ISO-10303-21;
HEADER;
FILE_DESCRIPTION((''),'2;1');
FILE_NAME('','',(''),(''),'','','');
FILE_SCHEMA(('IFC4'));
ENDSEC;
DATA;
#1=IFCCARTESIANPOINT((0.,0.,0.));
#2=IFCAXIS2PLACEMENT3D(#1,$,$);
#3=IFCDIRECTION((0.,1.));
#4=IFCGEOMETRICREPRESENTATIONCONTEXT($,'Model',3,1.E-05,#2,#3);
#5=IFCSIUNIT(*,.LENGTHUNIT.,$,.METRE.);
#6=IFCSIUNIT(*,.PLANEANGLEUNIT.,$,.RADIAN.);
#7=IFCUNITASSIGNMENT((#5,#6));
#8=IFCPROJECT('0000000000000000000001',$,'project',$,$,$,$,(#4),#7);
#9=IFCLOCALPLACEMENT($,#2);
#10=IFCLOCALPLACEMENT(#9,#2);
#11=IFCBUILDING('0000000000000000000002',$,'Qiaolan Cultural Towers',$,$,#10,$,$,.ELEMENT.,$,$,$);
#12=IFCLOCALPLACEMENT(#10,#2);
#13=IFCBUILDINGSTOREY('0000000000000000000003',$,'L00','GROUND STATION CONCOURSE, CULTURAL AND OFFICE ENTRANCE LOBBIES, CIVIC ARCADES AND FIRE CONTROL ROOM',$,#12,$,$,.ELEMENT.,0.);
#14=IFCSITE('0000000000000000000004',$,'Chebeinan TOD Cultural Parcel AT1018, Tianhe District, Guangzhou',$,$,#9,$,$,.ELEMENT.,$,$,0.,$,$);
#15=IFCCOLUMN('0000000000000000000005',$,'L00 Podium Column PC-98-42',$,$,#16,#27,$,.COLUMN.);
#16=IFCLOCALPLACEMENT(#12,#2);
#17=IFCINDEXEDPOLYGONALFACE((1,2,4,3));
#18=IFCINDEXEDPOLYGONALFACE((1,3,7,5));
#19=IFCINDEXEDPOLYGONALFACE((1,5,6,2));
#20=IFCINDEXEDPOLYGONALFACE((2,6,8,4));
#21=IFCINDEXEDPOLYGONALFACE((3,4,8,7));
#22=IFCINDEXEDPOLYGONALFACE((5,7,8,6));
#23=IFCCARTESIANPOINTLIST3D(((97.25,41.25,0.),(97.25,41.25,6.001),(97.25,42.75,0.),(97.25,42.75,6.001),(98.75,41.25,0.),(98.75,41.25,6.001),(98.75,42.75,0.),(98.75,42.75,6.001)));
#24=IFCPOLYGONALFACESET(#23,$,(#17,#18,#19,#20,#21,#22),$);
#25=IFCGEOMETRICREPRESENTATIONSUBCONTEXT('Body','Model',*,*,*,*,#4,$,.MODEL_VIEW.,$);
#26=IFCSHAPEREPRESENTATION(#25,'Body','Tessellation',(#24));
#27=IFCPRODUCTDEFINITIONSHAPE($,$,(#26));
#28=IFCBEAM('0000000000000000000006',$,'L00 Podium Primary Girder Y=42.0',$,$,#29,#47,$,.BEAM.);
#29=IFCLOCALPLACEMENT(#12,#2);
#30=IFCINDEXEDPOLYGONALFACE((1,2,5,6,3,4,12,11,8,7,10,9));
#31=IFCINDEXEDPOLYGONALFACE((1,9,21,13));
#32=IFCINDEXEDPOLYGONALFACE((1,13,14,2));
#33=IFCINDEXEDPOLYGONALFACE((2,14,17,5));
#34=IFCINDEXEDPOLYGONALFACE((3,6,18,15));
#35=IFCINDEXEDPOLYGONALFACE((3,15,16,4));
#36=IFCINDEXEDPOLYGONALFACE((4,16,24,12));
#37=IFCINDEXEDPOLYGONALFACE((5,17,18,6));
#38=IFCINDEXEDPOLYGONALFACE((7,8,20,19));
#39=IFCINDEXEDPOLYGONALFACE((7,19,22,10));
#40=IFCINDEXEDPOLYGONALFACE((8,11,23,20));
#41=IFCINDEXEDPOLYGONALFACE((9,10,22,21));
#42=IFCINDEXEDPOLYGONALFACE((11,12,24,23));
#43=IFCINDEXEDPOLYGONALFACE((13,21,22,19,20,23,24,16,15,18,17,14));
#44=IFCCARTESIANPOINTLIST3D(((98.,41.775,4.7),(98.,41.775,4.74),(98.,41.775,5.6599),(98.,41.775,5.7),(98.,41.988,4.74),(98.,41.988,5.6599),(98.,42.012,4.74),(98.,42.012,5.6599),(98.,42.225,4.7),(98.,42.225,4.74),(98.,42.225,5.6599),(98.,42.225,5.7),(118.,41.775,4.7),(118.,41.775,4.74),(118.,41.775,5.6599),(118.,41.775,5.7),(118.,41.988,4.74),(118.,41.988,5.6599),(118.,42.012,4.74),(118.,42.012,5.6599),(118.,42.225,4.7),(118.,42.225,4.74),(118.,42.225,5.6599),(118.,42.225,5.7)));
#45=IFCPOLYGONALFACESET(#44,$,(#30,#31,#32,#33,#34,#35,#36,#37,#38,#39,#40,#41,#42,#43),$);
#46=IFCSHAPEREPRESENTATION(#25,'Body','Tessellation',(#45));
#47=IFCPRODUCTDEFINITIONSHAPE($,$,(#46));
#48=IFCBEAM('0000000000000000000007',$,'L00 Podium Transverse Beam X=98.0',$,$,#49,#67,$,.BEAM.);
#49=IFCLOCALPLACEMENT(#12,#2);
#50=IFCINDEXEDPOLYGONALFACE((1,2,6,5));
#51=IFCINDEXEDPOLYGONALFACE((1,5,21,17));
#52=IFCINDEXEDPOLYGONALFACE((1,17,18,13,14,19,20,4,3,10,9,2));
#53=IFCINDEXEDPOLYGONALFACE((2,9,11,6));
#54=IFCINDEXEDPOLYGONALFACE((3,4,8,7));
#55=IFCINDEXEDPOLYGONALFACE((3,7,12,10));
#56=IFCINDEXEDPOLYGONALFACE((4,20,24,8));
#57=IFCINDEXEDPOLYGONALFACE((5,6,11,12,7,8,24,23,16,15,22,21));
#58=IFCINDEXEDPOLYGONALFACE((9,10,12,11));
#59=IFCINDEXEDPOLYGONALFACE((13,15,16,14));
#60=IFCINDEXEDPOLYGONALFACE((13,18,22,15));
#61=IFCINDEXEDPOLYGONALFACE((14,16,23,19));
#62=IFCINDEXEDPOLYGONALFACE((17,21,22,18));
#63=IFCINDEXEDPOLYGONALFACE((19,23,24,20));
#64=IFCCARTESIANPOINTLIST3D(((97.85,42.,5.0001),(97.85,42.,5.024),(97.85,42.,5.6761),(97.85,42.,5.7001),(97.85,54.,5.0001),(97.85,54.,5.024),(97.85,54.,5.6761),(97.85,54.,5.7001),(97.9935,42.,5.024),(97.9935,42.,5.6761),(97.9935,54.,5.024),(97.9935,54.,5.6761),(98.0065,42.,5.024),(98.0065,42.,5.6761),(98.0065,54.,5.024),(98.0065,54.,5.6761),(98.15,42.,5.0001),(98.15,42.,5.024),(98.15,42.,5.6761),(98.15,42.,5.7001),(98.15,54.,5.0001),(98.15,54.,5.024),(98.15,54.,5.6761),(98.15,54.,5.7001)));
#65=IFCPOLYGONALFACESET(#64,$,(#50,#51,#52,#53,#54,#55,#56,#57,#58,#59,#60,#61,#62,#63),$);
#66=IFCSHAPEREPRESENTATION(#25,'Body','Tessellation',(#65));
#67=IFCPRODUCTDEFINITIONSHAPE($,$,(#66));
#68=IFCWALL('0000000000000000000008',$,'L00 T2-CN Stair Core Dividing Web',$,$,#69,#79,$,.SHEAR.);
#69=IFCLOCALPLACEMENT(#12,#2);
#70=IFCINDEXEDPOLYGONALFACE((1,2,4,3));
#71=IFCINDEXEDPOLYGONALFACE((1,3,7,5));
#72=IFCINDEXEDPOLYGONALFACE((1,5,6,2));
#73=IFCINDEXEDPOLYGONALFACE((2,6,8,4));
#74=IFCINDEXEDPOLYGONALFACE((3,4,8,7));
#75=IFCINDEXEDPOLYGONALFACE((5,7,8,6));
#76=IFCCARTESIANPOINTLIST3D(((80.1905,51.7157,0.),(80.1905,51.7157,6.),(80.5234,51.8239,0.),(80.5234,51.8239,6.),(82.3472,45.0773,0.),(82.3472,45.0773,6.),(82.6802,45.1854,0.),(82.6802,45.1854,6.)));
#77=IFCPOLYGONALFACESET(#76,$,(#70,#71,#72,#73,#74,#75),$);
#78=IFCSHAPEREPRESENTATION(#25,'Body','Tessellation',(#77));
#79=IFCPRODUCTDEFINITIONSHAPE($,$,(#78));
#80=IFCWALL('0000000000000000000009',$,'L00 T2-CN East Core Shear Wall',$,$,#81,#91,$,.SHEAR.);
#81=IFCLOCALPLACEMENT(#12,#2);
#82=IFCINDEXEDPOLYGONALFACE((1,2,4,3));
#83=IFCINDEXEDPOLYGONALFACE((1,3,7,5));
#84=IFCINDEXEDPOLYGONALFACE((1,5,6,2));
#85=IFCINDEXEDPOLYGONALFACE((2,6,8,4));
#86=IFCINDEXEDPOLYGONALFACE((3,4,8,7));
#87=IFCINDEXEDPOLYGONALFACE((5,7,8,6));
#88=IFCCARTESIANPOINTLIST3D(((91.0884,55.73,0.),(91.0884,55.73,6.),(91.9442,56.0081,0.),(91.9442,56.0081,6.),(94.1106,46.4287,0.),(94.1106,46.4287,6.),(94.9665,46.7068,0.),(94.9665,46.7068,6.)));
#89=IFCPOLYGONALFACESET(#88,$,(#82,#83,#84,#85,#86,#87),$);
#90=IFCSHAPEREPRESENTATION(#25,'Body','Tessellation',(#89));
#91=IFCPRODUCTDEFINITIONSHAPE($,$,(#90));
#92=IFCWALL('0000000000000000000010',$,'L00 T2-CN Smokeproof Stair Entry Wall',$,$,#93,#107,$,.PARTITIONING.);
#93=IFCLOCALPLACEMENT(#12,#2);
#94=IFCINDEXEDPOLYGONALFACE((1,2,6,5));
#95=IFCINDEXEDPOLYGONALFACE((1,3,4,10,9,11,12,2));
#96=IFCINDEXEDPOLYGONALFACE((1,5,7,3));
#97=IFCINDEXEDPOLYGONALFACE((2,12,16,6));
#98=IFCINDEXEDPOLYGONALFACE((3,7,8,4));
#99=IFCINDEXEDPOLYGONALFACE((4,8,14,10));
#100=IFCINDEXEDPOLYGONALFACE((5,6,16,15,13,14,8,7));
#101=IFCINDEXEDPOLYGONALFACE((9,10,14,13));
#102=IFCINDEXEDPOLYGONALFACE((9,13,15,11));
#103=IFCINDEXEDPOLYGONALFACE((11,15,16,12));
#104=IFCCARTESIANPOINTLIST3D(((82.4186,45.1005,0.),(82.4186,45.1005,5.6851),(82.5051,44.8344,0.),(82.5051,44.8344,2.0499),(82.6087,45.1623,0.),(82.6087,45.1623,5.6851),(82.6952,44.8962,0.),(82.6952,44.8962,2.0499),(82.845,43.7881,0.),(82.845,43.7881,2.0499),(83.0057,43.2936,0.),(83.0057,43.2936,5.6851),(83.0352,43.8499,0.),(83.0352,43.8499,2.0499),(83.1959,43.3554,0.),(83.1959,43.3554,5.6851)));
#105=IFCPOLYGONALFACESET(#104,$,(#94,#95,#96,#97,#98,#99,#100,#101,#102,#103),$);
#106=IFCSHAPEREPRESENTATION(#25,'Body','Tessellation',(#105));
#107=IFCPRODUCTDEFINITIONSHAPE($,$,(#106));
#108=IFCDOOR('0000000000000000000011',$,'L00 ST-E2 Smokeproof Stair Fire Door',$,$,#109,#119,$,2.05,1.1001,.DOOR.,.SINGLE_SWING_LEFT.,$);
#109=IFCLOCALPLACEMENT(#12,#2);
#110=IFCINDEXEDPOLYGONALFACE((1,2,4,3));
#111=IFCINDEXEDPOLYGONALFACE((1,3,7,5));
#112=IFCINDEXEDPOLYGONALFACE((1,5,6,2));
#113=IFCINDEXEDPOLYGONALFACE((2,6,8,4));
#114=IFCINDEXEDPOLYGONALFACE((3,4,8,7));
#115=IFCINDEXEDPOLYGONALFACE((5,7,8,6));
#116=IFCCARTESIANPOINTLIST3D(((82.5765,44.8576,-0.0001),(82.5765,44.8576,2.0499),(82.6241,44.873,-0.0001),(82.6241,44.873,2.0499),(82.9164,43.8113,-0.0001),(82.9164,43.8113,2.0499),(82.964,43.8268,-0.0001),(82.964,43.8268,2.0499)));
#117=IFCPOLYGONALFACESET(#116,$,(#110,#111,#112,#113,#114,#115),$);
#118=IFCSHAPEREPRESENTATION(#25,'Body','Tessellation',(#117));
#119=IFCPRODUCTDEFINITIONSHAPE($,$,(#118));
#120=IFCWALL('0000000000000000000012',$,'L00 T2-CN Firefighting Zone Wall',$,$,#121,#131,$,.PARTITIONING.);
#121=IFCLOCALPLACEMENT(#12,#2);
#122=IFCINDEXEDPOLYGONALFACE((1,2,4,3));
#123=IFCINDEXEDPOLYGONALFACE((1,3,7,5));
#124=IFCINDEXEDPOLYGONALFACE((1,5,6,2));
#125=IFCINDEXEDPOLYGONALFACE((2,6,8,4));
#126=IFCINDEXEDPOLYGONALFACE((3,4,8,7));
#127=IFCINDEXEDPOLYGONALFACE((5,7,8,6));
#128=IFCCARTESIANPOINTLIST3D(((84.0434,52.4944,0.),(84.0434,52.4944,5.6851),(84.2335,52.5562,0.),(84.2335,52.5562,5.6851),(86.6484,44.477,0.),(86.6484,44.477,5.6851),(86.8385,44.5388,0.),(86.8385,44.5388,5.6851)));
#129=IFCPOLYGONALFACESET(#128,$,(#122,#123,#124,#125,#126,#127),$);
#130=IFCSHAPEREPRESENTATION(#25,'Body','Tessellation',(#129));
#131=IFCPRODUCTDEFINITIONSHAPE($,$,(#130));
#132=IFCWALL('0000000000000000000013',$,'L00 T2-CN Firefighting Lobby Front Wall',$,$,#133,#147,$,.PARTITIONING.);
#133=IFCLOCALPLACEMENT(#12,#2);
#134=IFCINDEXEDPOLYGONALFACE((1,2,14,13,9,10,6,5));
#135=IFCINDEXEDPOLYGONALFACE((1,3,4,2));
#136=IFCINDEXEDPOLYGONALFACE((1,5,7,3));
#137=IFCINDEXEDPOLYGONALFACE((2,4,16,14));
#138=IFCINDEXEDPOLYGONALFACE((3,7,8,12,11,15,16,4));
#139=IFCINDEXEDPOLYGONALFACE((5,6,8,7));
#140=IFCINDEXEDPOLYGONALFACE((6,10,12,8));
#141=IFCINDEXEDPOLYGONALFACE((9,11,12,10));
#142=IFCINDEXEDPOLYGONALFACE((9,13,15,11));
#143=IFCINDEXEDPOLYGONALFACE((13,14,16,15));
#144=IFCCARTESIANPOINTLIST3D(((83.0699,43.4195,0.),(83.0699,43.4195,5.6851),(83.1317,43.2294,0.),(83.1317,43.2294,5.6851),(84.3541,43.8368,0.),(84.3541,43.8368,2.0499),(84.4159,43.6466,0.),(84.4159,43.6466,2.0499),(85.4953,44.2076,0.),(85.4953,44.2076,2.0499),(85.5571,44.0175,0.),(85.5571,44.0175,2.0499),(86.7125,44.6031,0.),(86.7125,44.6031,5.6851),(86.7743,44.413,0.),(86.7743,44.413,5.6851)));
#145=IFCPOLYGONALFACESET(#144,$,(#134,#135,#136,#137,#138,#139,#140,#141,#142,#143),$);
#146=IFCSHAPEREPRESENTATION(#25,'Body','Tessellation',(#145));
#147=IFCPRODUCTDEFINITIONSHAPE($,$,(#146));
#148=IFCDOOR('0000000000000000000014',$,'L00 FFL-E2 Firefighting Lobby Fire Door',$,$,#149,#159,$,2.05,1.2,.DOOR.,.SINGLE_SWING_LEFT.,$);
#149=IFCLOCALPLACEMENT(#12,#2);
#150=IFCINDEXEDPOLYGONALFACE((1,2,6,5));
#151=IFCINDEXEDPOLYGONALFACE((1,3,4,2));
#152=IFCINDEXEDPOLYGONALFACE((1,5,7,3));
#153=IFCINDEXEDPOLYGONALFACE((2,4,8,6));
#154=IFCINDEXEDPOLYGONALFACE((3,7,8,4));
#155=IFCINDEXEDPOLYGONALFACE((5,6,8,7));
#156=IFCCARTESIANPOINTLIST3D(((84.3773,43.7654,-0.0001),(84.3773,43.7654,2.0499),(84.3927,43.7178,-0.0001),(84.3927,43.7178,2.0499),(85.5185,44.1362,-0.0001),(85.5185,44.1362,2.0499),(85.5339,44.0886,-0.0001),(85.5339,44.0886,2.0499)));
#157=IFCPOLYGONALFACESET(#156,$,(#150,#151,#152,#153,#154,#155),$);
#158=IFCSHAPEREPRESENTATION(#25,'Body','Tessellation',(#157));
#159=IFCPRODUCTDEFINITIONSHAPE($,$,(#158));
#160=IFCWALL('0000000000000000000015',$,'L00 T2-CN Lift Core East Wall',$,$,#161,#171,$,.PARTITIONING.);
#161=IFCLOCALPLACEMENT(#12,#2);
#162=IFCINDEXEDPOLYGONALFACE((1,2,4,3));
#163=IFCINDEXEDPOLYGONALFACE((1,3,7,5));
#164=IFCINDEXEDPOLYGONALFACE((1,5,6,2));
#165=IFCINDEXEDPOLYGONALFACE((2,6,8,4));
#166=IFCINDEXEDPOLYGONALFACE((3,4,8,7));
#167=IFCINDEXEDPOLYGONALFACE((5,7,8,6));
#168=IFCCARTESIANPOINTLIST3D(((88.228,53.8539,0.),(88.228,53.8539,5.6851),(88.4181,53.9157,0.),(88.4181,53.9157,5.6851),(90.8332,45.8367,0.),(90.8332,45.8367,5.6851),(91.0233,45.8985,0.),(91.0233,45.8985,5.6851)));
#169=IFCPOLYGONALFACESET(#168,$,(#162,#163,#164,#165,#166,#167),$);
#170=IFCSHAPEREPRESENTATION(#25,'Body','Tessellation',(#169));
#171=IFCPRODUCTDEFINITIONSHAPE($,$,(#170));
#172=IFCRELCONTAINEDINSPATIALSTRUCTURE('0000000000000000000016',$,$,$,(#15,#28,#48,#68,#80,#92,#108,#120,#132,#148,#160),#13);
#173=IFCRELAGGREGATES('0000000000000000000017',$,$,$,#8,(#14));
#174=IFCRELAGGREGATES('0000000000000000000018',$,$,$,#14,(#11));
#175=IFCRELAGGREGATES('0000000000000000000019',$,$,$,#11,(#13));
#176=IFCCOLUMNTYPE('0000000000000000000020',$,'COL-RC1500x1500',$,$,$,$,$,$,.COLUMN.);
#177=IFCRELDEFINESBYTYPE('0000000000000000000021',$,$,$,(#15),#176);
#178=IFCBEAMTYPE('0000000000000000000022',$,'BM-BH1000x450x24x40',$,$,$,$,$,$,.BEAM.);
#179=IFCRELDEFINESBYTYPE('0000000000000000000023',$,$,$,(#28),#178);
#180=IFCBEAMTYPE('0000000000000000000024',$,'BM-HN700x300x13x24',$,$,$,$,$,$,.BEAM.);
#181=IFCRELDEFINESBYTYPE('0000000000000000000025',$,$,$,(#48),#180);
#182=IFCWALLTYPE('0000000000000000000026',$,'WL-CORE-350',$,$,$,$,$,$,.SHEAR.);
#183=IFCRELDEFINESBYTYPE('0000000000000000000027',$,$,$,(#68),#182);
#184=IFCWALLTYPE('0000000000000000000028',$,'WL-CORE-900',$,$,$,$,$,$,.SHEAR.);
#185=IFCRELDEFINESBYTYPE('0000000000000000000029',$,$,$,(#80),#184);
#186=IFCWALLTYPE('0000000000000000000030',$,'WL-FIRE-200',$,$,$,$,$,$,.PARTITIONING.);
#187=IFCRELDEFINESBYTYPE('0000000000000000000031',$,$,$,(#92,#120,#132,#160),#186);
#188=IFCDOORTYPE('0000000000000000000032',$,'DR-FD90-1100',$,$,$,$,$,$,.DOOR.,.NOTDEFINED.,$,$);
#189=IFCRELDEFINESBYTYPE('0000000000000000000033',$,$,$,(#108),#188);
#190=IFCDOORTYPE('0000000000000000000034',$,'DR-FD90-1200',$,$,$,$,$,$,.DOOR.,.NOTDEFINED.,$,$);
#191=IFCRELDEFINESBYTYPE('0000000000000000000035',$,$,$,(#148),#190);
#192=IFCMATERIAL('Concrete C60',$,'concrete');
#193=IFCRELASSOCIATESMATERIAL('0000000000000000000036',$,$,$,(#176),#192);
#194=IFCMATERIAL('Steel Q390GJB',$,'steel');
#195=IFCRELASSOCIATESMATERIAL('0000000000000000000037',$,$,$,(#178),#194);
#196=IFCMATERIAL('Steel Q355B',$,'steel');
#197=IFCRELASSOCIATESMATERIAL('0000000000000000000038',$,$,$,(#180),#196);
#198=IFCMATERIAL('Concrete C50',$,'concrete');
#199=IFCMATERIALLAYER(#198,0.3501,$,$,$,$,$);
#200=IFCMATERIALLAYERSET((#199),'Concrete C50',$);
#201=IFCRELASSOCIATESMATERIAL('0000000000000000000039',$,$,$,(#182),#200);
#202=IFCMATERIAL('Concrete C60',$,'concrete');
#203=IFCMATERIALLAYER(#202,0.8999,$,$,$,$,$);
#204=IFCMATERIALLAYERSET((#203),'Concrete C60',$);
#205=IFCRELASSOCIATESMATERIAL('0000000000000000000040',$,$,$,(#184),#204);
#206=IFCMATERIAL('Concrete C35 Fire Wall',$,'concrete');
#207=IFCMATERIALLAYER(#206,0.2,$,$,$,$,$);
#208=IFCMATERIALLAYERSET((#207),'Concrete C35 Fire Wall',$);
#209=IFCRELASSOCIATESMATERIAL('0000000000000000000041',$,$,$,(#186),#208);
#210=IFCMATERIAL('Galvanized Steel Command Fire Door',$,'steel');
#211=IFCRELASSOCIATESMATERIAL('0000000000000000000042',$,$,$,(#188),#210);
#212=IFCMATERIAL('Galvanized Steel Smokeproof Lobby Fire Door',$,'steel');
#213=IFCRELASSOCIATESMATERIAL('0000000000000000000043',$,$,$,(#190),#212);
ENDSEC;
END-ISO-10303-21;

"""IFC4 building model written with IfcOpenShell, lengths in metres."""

from ifc_helpers import new_model, si_unit, direction, frame, frame_2d, origin, origin_2d, place, context, subcontext, project, spatial, rectangle, i_section, extrude, material, layer, layer_set, material_profile, profile_set, type_object, element, fill, save


model = new_model("IFC4")

# Units and contexts
model_context = context("Model", 3, precision=1e-05, world=origin(), true_north=direction((0.0, 1.0)))
body_context = subcontext(model_context, "Body", "Model", "MODEL_VIEW")
ifc_project = project(units=[si_unit("LENGTHUNIT", "METRE"), si_unit("PLANEANGLEUNIT", "RADIAN")], contexts=[model_context])

# Site, building, storey
site_placement = place(None, origin())
site = spatial("IfcSite", under=ifc_project, at=site_placement, Name="Chebeinan TOD Cultural Parcel AT1018, Tianhe District, Guangzhou", CompositionType="ELEMENT", RefElevation=0.0)
building_placement = place(site_placement, origin())
building = spatial("IfcBuilding", under=site, at=building_placement, Name="Qiaolan Cultural Towers", CompositionType="ELEMENT")
storey_placement = place(building_placement, origin())
storey = spatial("IfcBuildingStorey", under=building, at=storey_placement, Name="L00", Description="GROUND STATION CONCOURSE, CULTURAL AND OFFICE ENTRANCE LOBBIES, CIVIC ARCADES AND FIRE CONTROL ROOM", CompositionType="ELEMENT", Elevation=0.0)

# Column
ifc_material_1 = material(Name="Concrete C60", Category="concrete")
ifc_material_profile_1 = material_profile(ifc_material_1, rectangle(XDim=1.5, YDim=1.5, at=origin_2d()), Name="RC1500x1500")
ifc_profile_set_1 = profile_set([ifc_material_profile_1], Name="Concrete C60")
column_type = type_object("IfcColumnType", Name="COL-RC1500x1500", PredefinedType="COLUMN", material=ifc_profile_set_1)
column_placement = place(storey_placement, frame((98.0, 42.0, 0.0), z_axis=(0.0, 0.0, 1.0), x_axis=(1.0, 0.0, 0.0)))
element("IfcColumn", 1, at=column_placement, inside=storey, type_object=column_type, Name="L00 Podium Column PC-98-42", PredefinedType="COLUMN", context=body_context, shape_type="SweptSolid", body=[
    extrude(rectangle(XDim=1.5, YDim=1.5, at=origin_2d()), origin(), (0.0, 0.0, 1.0), 6.001),
])

# Beams
ifc_material_2 = material(Name="Steel Q390GJB", Category="steel")
ifc_material_profile_2 = material_profile(ifc_material_2, i_section(OverallWidth=0.45, OverallDepth=1.0, WebThickness=0.0239, FlangeThickness=0.04, at=origin_2d()), Name="BH1000x450x24x40")
ifc_profile_set_2 = profile_set([ifc_material_profile_2], Name="Steel Q390GJB")
beam_type_1 = type_object("IfcBeamType", Name="BM-BH1000x450x24x40", PredefinedType="BEAM", material=ifc_profile_set_2)
beam_1_placement = place(storey_placement, frame((98.0, 42.0, 5.2), z_axis=(1.0, 0.0, 0.0), x_axis=(0.0, 1.0, 0.0)))
element("IfcBeam", 2, at=beam_1_placement, inside=storey, type_object=beam_type_1, Name="L00 Podium Primary Girder Y=42.0", PredefinedType="BEAM", context=body_context, shape_type="SweptSolid", body=[
    extrude(i_section(OverallWidth=0.45, OverallDepth=1.0, WebThickness=0.0239, FlangeThickness=0.04, at=origin_2d()), origin(), (0.0, 0.0, 1.0), 20.0),
])
ifc_material_3 = material(Name="Steel Q355B", Category="steel")
ifc_material_profile_3 = material_profile(ifc_material_3, i_section(OverallWidth=0.3, OverallDepth=0.7, WebThickness=0.0129, FlangeThickness=0.0239, at=origin_2d()), Name="HN700x300x13x24")
ifc_profile_set_3 = profile_set([ifc_material_profile_3], Name="Steel Q355B")
beam_type_2 = type_object("IfcBeamType", Name="BM-HN700x300x13x24", PredefinedType="BEAM", material=ifc_profile_set_3)
beam_2_placement = place(storey_placement, frame((98.0, 42.0, 5.3501), z_axis=(0.0, 1.0, 0.0), x_axis=(-1.0, 0.0, 0.0)))
element("IfcBeam", 3, at=beam_2_placement, inside=storey, type_object=beam_type_2, Name="L00 Podium Transverse Beam X=98.0", PredefinedType="BEAM", context=body_context, shape_type="SweptSolid", body=[
    extrude(i_section(OverallWidth=0.3, OverallDepth=0.7, WebThickness=0.0129, FlangeThickness=0.0239, at=origin_2d()), origin(), (0.0, 0.0, 1.0), 12.0),
])

# Walls
ifc_material_4 = material(Name="Concrete C50", Category="concrete")
ifc_layer_1 = layer(ifc_material_4, 0.3501)
ifc_layer_set_1 = layer_set([ifc_layer_1], Name="Concrete C50")
wall_type_1 = type_object("IfcWallType", Name="WL-CORE-350", PredefinedType="SHEAR", material=ifc_layer_set_1)
wall_1_placement = place(storey_placement, frame((82.5137, 45.1313, 0.0), z_axis=(0.0, 0.0, 1.0), x_axis=(-0.308989, 0.951066, 0.0)))
element("IfcWall", 4, at=wall_1_placement, inside=storey, type_object=wall_type_1, Name="L00 T2-CN Stair Core Dividing Web", PredefinedType="SHEAR", context=body_context, shape_type="SweptSolid", body=[
    extrude(rectangle(XDim=6.98, YDim=0.3501, at=frame_2d((3.49, 0.0))), origin(), (0.0, 0.0, 1.0), 6.0),
])
ifc_material_5 = material(Name="Concrete C60", Category="concrete")
ifc_layer_2 = layer(ifc_material_5, 0.8999)
ifc_layer_set_2 = layer_set([ifc_layer_2], Name="Concrete C60")
wall_type_2 = type_object("IfcWallType", Name="WL-CORE-900", PredefinedType="SHEAR", material=ifc_layer_set_2)
wall_2_placement = place(storey_placement, frame((94.5386, 46.5676, 0.0), z_axis=(0.0, 0.0, 1.0), x_axis=(-0.309022, 0.951055, 0.0)))
element("IfcWall", 5, at=wall_2_placement, inside=storey, type_object=wall_type_2, Name="L00 T2-CN East Core Shear Wall", PredefinedType="SHEAR", context=body_context, shape_type="SweptSolid", body=[
    extrude(rectangle(XDim=9.78, YDim=0.8999, at=frame_2d((4.8901, 0.0))), origin(), (0.0, 0.0, 1.0), 6.0),
])

# Wall, opening, door
ifc_material_6 = material(Name="Concrete C35 Fire Wall", Category="concrete")
ifc_layer_3 = layer(ifc_material_6, 0.2)
ifc_layer_set_3 = layer_set([ifc_layer_3], Name="Concrete C35 Fire Wall")
wall_type_3 = type_object("IfcWallType", Name="WL-FIRE-200", PredefinedType="PARTITIONING", material=ifc_layer_set_3)
wall_3_placement = place(storey_placement, frame((83.1008, 43.3245, 0.0), z_axis=(0.0, 0.0, 1.0), x_axis=(-0.309048, 0.951046, 0.0)))
wall_3 = element("IfcWall", 6, at=wall_3_placement, inside=storey, type_object=wall_type_3, Name="L00 T2-CN Smokeproof Stair Entry Wall", PredefinedType="PARTITIONING", context=body_context, shape_type="SweptSolid", body=[
    extrude(rectangle(XDim=1.8999, YDim=0.2, at=frame_2d((0.95, 0.0))), origin(), (0.0, 0.0, 1.0), 5.6851),
])
opening_1_placement = place(wall_3_placement, frame((0.52, 0.0, 0.0)))
opening_1 = element("IfcOpeningElement", 7, at=opening_1_placement, cuts=wall_3, PredefinedType="OPENING", context=body_context, shape_type="SweptSolid", body=[
    extrude(rectangle(XDim=1.1001, YDim=2.05, at=frame_2d((0.55, 1.0249))), frame((0.0, 0.1099, 0.0), z_axis=(0.0, -1.0, 0.0), x_axis=(1.0, 0.0, 0.0)), (0.0, 0.0, 1.0), 0.22),
])
ifc_material_7 = material(Name="Galvanized Steel Command Fire Door", Category="steel")
door_type_1 = type_object("IfcDoorType", Name="DR-FD90-1100", OperationType="NOTDEFINED", PredefinedType="DOOR", material=ifc_material_7)
door_1_placement = place(opening_1_placement, origin())
door_1 = element("IfcDoor", 8, at=door_1_placement, inside=storey, type_object=door_type_1, Name="L00 ST-E2 Smokeproof Stair Fire Door", OperationType="SINGLE_SWING_LEFT", OverallHeight=2.05, OverallWidth=1.1001, PredefinedType="DOOR", context=body_context, shape_type="SweptSolid", body=[
    extrude(rectangle(XDim=1.1001, YDim=2.05, at=frame_2d((0.55, 1.0249))), frame((0.0, 0.0249, 0.0), z_axis=(0.0, -1.0, 0.0), x_axis=(1.0, 0.0, 0.0)), (0.0, 0.0, 1.0), 0.05),
])
fill(opening_1, door_1)

# Wall
wall_4_placement = place(storey_placement, frame((86.7434, 44.5081, 0.0), z_axis=(0.0, 0.0, 1.0), x_axis=(-0.309016, 0.951057, 0.0)))
element("IfcWall", 9, at=wall_4_placement, inside=storey, type_object=wall_type_3, Name="L00 T2-CN Firefighting Zone Wall", PredefinedType="PARTITIONING", context=body_context, shape_type="SweptSolid", body=[
    extrude(rectangle(XDim=8.4299, YDim=0.2, at=frame_2d((4.2148, 0.0))), origin(), (0.0, 0.0, 1.0), 5.6851),
])

# Wall, opening, door
wall_5_placement = place(storey_placement, frame((83.1008, 43.3245, 0.0), z_axis=(0.0, 0.0, 1.0), x_axis=(0.951053, 0.309028, 0.0)))
wall_5 = element("IfcWall", 10, at=wall_5_placement, inside=storey, type_object=wall_type_3, Name="L00 T2-CN Firefighting Lobby Front Wall", PredefinedType="PARTITIONING", context=body_context, shape_type="SweptSolid", body=[
    extrude(rectangle(XDim=3.8301, YDim=0.2, at=frame_2d((1.915, 0.0))), origin(), (0.0, 0.0, 1.0), 5.6851),
])
opening_2_placement = place(wall_5_placement, frame((1.3501, 0.0, 0.0)))
opening_2 = element("IfcOpeningElement", 11, at=opening_2_placement, cuts=wall_5, PredefinedType="OPENING", context=body_context, shape_type="SweptSolid", body=[
    extrude(rectangle(XDim=1.2, YDim=2.05, at=frame_2d((0.6001, 1.0249))), frame((0.0, 0.1099, 0.0), z_axis=(0.0, -1.0, 0.0), x_axis=(1.0, 0.0, 0.0)), (0.0, 0.0, 1.0), 0.22),
])
ifc_material_8 = material(Name="Galvanized Steel Smokeproof Lobby Fire Door", Category="steel")
door_type_2 = type_object("IfcDoorType", Name="DR-FD90-1200", OperationType="NOTDEFINED", PredefinedType="DOOR", material=ifc_material_8)
door_2_placement = place(opening_2_placement, origin())
door_2 = element("IfcDoor", 12, at=door_2_placement, inside=storey, type_object=door_type_2, Name="L00 FFL-E2 Firefighting Lobby Fire Door", OperationType="SINGLE_SWING_LEFT", OverallHeight=2.05, OverallWidth=1.2, PredefinedType="DOOR", context=body_context, shape_type="SweptSolid", body=[
    extrude(rectangle(XDim=1.2, YDim=2.05, at=frame_2d((0.6001, 1.0249))), frame((0.0, 0.0249, 0.0), z_axis=(0.0, -1.0, 0.0), x_axis=(1.0, 0.0, 0.0)), (0.0, 0.0, 1.0), 0.05),
])
fill(opening_2, door_2)

# Wall
wall_6_placement = place(storey_placement, frame((90.9282, 45.8677, 0.0), z_axis=(0.0, 0.0, 1.0), x_axis=(-0.309042, 0.951048, 0.0)))
element("IfcWall", 13, at=wall_6_placement, inside=storey, type_object=wall_type_3, Name="L00 T2-CN Lift Core East Wall", PredefinedType="PARTITIONING", context=body_context, shape_type="SweptSolid", body=[
    extrude(rectangle(XDim=8.4299, YDim=0.2, at=frame_2d((4.2148, 0.0))), origin(), (0.0, 0.0, 1.0), 5.6851),
])

save(model, "model.ifc")
